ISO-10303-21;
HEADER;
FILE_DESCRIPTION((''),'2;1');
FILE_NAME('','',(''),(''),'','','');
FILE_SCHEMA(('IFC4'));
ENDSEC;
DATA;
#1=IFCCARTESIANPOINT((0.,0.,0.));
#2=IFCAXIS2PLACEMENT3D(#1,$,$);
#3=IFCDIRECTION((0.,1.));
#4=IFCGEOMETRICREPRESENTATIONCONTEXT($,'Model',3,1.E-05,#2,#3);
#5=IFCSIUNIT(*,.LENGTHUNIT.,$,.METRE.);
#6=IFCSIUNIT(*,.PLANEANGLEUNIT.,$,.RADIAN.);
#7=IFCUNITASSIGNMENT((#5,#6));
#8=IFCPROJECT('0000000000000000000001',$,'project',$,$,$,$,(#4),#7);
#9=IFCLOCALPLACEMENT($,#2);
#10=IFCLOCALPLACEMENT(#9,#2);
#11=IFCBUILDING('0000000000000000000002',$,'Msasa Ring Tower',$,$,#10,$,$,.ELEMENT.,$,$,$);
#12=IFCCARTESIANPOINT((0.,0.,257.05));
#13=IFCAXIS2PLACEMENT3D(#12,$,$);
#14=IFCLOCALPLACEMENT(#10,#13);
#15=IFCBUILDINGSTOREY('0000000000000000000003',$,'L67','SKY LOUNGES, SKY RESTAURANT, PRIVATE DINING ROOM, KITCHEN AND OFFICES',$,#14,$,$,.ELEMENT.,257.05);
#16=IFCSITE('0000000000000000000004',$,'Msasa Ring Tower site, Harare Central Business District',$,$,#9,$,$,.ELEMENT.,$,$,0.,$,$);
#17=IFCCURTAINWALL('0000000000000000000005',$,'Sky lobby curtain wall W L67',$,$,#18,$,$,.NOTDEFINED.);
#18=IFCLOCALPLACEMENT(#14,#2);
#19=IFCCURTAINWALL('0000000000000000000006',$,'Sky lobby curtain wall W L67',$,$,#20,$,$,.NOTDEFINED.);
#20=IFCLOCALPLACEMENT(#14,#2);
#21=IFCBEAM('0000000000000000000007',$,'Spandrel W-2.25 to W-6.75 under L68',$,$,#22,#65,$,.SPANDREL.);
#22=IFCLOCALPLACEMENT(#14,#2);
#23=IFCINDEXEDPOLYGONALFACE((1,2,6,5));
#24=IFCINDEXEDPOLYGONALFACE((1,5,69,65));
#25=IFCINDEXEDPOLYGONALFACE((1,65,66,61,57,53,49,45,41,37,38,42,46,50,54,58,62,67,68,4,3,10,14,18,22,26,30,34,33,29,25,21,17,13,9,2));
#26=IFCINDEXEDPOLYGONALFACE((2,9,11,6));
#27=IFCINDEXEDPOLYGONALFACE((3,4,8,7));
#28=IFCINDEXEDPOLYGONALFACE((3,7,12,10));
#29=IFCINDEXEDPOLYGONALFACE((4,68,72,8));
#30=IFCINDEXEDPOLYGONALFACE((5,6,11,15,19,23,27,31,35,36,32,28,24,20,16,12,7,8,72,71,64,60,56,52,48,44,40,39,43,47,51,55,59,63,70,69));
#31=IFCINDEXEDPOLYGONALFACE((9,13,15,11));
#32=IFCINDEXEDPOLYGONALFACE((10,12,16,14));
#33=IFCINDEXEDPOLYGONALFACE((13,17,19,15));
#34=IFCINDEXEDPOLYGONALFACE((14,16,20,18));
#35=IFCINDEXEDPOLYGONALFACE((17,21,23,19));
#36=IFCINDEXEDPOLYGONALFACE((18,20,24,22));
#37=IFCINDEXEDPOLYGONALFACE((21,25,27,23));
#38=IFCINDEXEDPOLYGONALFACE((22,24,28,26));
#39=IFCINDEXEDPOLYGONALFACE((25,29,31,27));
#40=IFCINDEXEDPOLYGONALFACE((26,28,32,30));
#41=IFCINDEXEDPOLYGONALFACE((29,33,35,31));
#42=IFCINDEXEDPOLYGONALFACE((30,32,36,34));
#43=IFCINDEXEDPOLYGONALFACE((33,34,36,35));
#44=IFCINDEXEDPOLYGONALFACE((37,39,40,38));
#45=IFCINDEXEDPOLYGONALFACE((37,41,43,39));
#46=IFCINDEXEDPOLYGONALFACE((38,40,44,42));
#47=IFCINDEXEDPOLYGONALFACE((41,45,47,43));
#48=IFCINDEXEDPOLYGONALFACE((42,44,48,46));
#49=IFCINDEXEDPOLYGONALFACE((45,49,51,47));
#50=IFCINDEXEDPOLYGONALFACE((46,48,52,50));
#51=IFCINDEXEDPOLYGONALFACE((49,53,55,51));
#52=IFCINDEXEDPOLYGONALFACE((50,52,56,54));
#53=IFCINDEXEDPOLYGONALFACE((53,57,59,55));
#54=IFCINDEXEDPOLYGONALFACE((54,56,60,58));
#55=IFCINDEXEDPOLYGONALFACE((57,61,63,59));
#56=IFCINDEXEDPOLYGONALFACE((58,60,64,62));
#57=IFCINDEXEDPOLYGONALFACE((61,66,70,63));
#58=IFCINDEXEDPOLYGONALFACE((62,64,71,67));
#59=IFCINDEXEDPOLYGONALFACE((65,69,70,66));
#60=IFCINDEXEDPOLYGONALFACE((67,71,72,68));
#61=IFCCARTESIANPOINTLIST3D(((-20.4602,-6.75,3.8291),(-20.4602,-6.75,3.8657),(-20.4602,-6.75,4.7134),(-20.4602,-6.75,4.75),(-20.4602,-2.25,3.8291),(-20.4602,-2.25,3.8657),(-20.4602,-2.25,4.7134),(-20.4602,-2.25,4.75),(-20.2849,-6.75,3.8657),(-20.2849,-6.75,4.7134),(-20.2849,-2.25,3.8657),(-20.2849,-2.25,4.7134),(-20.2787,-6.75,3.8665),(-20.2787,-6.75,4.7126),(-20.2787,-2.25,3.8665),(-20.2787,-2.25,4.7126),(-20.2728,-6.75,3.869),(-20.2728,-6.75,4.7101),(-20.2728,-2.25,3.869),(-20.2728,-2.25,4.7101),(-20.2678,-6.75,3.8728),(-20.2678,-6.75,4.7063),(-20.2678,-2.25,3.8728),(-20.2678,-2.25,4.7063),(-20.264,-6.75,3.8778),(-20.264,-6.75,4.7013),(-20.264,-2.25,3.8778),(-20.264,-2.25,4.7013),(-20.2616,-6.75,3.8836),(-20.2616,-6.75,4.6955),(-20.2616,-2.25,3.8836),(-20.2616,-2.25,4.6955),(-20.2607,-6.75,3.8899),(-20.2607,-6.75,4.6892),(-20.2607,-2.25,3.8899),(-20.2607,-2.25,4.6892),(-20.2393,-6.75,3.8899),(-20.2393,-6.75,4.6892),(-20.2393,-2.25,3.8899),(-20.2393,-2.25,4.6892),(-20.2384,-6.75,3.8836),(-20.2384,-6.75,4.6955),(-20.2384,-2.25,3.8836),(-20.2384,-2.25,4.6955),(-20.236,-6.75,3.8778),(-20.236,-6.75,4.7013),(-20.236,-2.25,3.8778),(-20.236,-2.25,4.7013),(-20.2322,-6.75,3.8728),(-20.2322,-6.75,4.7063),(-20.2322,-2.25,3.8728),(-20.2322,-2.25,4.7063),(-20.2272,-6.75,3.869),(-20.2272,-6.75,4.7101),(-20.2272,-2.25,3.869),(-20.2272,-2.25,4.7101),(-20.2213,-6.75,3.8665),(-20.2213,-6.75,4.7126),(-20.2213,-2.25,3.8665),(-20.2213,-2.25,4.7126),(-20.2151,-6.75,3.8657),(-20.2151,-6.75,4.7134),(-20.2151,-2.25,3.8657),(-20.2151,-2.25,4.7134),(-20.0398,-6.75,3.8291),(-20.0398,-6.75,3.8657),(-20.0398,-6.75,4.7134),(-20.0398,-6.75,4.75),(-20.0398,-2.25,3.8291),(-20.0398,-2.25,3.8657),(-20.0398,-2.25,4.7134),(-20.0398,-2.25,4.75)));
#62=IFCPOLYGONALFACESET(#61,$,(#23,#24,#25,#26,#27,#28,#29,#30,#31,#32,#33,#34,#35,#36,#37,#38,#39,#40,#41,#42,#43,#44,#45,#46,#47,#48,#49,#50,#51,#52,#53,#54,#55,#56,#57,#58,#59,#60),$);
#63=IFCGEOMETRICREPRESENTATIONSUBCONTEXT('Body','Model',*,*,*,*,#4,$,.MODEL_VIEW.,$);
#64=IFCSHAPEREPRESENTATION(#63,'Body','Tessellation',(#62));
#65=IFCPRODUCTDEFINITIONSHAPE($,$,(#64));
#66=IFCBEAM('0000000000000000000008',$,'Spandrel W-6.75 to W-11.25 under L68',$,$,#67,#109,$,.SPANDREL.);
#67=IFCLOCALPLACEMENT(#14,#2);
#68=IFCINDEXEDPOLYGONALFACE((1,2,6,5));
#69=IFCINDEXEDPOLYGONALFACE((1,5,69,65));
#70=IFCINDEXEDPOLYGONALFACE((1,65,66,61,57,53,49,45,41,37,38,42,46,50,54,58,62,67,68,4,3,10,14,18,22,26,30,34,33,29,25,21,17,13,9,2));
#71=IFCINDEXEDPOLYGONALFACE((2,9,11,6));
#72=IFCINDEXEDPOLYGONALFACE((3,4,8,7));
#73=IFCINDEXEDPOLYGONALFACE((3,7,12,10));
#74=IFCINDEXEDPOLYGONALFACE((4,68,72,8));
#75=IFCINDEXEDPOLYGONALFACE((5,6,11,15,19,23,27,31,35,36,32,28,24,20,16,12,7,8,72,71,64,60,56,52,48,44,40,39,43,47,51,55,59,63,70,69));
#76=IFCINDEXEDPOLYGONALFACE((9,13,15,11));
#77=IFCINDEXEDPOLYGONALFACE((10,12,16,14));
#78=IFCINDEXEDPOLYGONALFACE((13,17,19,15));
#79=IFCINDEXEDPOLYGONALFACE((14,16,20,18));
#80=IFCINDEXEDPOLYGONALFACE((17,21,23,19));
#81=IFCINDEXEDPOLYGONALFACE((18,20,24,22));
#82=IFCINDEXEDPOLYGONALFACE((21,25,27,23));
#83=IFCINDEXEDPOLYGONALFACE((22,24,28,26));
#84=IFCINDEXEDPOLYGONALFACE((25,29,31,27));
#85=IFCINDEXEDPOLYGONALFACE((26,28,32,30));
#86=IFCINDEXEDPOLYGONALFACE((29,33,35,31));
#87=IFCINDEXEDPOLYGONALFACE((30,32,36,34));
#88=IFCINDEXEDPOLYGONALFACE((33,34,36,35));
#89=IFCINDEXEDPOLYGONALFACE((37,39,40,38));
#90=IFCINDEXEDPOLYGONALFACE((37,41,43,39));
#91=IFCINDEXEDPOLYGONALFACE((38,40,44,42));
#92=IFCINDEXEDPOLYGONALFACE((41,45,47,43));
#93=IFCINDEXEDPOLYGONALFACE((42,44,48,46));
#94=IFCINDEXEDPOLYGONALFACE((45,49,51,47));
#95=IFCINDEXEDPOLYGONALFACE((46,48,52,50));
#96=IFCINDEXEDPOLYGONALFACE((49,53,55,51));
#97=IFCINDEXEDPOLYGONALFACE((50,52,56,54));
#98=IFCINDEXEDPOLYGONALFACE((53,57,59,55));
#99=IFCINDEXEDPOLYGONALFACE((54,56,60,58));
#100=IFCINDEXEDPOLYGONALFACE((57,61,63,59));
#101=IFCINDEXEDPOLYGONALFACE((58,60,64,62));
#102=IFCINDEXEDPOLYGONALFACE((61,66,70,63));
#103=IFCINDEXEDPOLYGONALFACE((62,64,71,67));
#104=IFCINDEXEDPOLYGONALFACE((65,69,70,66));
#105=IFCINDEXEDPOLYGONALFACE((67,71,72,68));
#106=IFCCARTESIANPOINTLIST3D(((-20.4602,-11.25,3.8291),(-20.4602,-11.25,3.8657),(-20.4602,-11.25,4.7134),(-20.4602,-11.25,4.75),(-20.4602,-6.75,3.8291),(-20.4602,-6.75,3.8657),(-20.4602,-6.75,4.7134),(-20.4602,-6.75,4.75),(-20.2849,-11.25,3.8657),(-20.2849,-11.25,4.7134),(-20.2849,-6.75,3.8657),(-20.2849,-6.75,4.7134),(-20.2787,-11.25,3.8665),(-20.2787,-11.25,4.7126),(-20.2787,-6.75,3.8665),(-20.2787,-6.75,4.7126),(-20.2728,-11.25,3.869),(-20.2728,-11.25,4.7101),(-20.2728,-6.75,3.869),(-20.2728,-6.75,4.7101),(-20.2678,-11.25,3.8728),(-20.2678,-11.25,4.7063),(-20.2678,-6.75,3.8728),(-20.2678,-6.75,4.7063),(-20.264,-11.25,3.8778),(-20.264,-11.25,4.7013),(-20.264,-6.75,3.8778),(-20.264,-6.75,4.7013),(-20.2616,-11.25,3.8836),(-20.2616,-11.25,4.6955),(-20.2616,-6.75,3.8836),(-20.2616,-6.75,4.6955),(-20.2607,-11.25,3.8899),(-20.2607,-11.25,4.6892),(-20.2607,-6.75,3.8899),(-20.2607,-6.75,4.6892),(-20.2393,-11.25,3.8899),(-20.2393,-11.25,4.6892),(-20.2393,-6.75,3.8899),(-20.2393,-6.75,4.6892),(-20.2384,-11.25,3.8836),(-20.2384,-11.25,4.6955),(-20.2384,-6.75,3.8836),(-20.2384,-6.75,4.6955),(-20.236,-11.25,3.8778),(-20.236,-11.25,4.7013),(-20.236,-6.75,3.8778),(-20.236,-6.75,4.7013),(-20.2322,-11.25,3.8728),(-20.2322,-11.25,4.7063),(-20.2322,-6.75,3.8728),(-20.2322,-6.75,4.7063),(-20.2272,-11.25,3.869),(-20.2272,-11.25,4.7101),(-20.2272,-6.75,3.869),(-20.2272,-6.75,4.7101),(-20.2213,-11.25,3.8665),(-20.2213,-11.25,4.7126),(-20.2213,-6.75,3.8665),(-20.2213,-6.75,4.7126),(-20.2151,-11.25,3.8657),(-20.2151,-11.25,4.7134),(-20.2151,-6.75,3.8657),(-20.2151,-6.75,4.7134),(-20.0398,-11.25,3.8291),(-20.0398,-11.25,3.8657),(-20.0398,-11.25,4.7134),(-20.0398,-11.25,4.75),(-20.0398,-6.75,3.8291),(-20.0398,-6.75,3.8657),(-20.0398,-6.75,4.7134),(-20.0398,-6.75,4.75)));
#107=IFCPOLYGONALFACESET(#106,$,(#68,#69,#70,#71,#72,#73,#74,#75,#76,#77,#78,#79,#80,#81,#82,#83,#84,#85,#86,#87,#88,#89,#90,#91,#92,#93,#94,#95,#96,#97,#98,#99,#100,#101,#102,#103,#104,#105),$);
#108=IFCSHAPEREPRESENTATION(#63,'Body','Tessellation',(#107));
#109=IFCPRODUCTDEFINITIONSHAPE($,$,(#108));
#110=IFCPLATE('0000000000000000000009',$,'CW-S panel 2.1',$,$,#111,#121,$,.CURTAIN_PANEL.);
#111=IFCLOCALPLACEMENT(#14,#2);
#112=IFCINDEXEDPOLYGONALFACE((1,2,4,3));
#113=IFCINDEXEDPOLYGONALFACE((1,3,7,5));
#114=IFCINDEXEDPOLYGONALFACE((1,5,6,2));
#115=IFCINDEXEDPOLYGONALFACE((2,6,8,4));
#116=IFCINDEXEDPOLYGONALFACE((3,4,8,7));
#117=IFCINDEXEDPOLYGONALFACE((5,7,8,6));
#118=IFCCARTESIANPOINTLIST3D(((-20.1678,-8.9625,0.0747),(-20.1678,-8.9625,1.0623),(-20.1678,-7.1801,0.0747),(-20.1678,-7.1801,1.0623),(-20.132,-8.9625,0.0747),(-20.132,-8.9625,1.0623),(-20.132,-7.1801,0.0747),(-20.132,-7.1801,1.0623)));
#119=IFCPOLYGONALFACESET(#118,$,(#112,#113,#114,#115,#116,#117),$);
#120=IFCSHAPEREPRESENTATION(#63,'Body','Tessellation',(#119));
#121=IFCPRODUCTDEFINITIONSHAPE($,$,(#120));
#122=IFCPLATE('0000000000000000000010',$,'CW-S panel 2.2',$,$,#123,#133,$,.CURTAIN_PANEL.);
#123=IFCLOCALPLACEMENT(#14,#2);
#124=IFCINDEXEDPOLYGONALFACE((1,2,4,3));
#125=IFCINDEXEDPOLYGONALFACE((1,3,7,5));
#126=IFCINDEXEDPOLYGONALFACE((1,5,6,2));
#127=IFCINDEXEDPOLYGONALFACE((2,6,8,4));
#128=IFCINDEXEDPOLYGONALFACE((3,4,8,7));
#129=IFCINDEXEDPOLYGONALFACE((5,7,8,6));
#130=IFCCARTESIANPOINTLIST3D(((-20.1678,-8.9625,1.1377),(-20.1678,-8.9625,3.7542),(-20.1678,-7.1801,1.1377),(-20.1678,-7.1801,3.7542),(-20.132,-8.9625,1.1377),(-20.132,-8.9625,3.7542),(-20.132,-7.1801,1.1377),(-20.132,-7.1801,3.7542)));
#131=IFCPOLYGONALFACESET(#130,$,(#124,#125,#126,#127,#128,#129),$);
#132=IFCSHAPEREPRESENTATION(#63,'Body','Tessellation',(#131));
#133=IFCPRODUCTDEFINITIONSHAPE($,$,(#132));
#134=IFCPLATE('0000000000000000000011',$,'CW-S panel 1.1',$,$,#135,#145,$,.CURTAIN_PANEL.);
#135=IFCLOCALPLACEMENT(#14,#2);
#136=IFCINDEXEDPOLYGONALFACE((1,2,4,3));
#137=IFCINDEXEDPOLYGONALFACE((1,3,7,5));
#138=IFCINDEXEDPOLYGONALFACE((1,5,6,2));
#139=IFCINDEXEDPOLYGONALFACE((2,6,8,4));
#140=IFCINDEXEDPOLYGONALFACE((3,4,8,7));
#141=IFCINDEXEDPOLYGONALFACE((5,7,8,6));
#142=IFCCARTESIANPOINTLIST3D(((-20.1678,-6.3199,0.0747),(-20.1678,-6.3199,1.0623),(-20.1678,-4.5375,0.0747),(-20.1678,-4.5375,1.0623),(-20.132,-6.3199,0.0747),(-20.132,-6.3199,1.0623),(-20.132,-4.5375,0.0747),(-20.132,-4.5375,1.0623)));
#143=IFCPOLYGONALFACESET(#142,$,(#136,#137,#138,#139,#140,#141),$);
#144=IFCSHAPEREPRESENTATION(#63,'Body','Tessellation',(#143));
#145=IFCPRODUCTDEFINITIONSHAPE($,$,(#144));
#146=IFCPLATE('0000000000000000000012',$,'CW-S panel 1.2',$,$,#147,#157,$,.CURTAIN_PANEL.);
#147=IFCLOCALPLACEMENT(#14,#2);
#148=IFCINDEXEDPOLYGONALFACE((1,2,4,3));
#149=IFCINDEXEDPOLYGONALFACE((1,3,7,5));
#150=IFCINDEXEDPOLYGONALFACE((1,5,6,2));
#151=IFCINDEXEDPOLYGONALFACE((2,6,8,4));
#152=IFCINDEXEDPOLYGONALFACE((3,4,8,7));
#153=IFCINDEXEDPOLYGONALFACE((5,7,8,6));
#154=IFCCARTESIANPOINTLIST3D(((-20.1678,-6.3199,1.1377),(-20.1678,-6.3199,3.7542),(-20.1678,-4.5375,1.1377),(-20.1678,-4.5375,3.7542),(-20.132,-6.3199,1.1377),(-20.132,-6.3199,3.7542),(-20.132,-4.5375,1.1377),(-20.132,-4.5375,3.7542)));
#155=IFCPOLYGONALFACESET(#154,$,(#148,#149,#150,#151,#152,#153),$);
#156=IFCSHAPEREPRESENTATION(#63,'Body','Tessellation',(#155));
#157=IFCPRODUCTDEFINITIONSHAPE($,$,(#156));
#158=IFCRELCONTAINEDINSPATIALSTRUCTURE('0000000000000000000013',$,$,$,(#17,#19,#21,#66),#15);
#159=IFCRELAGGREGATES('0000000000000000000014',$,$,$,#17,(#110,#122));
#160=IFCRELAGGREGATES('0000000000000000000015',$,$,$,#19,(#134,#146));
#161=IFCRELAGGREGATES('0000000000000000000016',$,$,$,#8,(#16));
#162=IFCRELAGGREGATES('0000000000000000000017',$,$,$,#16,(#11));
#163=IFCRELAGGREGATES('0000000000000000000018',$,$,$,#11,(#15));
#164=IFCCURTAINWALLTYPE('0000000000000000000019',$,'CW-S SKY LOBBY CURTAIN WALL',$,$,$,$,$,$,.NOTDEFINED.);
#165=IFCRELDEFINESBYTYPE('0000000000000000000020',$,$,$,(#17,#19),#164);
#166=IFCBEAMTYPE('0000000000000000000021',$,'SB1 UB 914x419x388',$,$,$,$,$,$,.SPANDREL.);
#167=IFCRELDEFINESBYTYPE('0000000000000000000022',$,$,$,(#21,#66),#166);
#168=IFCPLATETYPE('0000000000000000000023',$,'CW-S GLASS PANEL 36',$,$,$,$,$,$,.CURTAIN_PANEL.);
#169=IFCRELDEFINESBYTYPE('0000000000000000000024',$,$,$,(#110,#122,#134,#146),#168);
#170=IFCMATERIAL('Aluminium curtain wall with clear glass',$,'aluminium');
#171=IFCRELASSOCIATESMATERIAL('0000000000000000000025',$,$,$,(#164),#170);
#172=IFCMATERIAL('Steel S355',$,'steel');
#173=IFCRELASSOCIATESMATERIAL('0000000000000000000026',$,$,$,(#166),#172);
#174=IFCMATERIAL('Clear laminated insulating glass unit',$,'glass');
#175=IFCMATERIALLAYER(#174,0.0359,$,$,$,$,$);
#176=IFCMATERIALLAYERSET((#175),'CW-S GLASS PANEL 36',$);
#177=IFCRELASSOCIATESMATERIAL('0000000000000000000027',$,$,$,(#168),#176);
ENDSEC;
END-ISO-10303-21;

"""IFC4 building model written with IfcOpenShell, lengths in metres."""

from ifc_helpers import new_model, si_unit, direction, frame, origin, origin_2d, place, context, subcontext, project, spatial, rectangle, i_section, extrude, material, layer, layer_set, material_profile, profile_set, type_object, element, aggregate, save


model = new_model("IFC4")

# Units and contexts
model_context = context("Model", 3, precision=1e-05, world=origin(), true_north=direction((0.0, 1.0)))
body_context = subcontext(model_context, "Body", "Model", "MODEL_VIEW")
ifc_project = project(units=[si_unit("LENGTHUNIT", "METRE"), si_unit("PLANEANGLEUNIT", "RADIAN")], contexts=[model_context])

# Site, building, storey
site_placement = place(None, origin())
site = spatial("IfcSite", under=ifc_project, at=site_placement, Name="Msasa Ring Tower site, Harare Central Business District", CompositionType="ELEMENT", RefElevation=0.0)
building_placement = place(site_placement, origin())
building = spatial("IfcBuilding", under=site, at=building_placement, Name="Msasa Ring Tower", CompositionType="ELEMENT")
storey_placement = place(building_placement, frame((0.0, 0.0, 257.05)))
storey = spatial("IfcBuildingStorey", under=building, at=storey_placement, Name="L67", Description="SKY LOUNGES, SKY RESTAURANT, PRIVATE DINING ROOM, KITCHEN AND OFFICES", CompositionType="ELEMENT", Elevation=257.05)

# Curtain wall
ifc_material_1 = material(Name="Aluminium curtain wall with clear glass", Category="aluminium")
curtain_wall_type = type_object("IfcCurtainWallType", Name="CW-S SKY LOBBY CURTAIN WALL", PredefinedType="NOTDEFINED", material=ifc_material_1)
curtain_wall_1_placement = place(storey_placement, origin())
curtain_wall_1 = element("IfcCurtainWall", 1, at=curtain_wall_1_placement, inside=storey, type_object=curtain_wall_type, Name="Sky lobby curtain wall W L67", PredefinedType="NOTDEFINED")

# Curtain wall
curtain_wall_2_placement = place(storey_placement, origin())
curtain_wall_2 = element("IfcCurtainWall", 2, at=curtain_wall_2_placement, inside=storey, type_object=curtain_wall_type, Name="Sky lobby curtain wall W L67", PredefinedType="NOTDEFINED")

# Beams
ifc_material_2 = material(Name="Steel S355", Category="steel")
ifc_material_profile_1 = material_profile(ifc_material_2, i_section(OverallWidth=0.4204, OverallDepth=0.9209, WebThickness=0.0215, FlangeThickness=0.0366, FilletRadius=0.0242, at=origin_2d()), Name="UB 914x419x388")
ifc_profile_set_1 = profile_set([ifc_material_profile_1], Name="Steel S355")
beam_type_1 = type_object("IfcBeamType", Name="SB1 UB 914x419x388", PredefinedType="SPANDREL", material=ifc_profile_set_1)
for number, where, z_axis, x_axis, name in (
    (3, (-20.25, -2.25, 4.2896), (0.0, -1.0, 0.0), (1.0, 0.0, 0.0), "Spandrel W-2.25 to W-6.75 under L68"),
    (4, (-20.25, -6.75, 4.2896), (0.0, -1.0, 0.0), (1.0, 0.0, 0.0), "Spandrel W-6.75 to W-11.25 under L68"),
):
    element("IfcBeam", number, at=place(storey_placement, frame(where, z_axis=z_axis, x_axis=x_axis)), inside=storey, type_object=beam_type_1, Name=name, PredefinedType="SPANDREL", context=body_context, shape_type="SweptSolid", body=[
        extrude(i_section(OverallWidth=0.4204, OverallDepth=0.9209, WebThickness=0.0215, FlangeThickness=0.0366, FilletRadius=0.0242, at=origin_2d()), origin(), (0.0, 0.0, 1.0), 4.5),
    ])

# Plates
ifc_material_3 = material(Name="Clear laminated insulating glass unit", Category="glass")
ifc_layer = layer(ifc_material_3, 0.0359)
ifc_layer_set = layer_set([ifc_layer], Name="CW-S GLASS PANEL 36")
plate_type = type_object("IfcPlateType", Name="CW-S GLASS PANEL 36", PredefinedType="CURTAIN_PANEL", material=ifc_layer_set)
plate_1_placement = place(storey_placement, frame((-20.1499, -8.0713, 0.0747), z_axis=(0.0, 0.0, 1.0), x_axis=(0.0, 1.0, 0.0)))
plate_1 = element("IfcPlate", 5, at=plate_1_placement, type_object=plate_type, Name="CW-S panel 2.1", PredefinedType="CURTAIN_PANEL", context=body_context, shape_type="SweptSolid", body=[
    extrude(rectangle(XDim=1.7825, YDim=0.0359, at=origin_2d()), origin(), (0.0, 0.0, 1.0), 0.9875),
])
plate_2_placement = place(storey_placement, frame((-20.1499, -8.0713, 1.1377), z_axis=(0.0, 0.0, 1.0), x_axis=(0.0, 1.0, 0.0)))
plate_2 = element("IfcPlate", 6, at=plate_2_placement, type_object=plate_type, Name="CW-S panel 2.2", PredefinedType="CURTAIN_PANEL", context=body_context, shape_type="SweptSolid", body=[
    extrude(rectangle(XDim=1.7825, YDim=0.0359, at=origin_2d()), origin(), (0.0, 0.0, 1.0), 2.6165),
])
aggregate(curtain_wall_1, [plate_1, plate_2])
plate_3_placement = place(storey_placement, frame((-20.1499, -5.4287, 0.0747), z_axis=(0.0, 0.0, 1.0), x_axis=(0.0, 1.0, 0.0)))
plate_3 = element("IfcPlate", 7, at=plate_3_placement, type_object=plate_type, Name="CW-S panel 1.1", PredefinedType="CURTAIN_PANEL", context=body_context, shape_type="SweptSolid", body=[
    extrude(rectangle(XDim=1.7825, YDim=0.0359, at=origin_2d()), origin(), (0.0, 0.0, 1.0), 0.9875),
])
plate_4_placement = place(storey_placement, frame((-20.1499, -5.4287, 1.1377), z_axis=(0.0, 0.0, 1.0), x_axis=(0.0, 1.0, 0.0)))
plate_4 = element("IfcPlate", 8, at=plate_4_placement, type_object=plate_type, Name="CW-S panel 1.2", PredefinedType="CURTAIN_PANEL", context=body_context, shape_type="SweptSolid", body=[
    extrude(rectangle(XDim=1.7825, YDim=0.0359, at=origin_2d()), origin(), (0.0, 0.0, 1.0), 2.6165),
])
aggregate(curtain_wall_2, [plate_3, plate_4])

save(model, "model.ifc")
